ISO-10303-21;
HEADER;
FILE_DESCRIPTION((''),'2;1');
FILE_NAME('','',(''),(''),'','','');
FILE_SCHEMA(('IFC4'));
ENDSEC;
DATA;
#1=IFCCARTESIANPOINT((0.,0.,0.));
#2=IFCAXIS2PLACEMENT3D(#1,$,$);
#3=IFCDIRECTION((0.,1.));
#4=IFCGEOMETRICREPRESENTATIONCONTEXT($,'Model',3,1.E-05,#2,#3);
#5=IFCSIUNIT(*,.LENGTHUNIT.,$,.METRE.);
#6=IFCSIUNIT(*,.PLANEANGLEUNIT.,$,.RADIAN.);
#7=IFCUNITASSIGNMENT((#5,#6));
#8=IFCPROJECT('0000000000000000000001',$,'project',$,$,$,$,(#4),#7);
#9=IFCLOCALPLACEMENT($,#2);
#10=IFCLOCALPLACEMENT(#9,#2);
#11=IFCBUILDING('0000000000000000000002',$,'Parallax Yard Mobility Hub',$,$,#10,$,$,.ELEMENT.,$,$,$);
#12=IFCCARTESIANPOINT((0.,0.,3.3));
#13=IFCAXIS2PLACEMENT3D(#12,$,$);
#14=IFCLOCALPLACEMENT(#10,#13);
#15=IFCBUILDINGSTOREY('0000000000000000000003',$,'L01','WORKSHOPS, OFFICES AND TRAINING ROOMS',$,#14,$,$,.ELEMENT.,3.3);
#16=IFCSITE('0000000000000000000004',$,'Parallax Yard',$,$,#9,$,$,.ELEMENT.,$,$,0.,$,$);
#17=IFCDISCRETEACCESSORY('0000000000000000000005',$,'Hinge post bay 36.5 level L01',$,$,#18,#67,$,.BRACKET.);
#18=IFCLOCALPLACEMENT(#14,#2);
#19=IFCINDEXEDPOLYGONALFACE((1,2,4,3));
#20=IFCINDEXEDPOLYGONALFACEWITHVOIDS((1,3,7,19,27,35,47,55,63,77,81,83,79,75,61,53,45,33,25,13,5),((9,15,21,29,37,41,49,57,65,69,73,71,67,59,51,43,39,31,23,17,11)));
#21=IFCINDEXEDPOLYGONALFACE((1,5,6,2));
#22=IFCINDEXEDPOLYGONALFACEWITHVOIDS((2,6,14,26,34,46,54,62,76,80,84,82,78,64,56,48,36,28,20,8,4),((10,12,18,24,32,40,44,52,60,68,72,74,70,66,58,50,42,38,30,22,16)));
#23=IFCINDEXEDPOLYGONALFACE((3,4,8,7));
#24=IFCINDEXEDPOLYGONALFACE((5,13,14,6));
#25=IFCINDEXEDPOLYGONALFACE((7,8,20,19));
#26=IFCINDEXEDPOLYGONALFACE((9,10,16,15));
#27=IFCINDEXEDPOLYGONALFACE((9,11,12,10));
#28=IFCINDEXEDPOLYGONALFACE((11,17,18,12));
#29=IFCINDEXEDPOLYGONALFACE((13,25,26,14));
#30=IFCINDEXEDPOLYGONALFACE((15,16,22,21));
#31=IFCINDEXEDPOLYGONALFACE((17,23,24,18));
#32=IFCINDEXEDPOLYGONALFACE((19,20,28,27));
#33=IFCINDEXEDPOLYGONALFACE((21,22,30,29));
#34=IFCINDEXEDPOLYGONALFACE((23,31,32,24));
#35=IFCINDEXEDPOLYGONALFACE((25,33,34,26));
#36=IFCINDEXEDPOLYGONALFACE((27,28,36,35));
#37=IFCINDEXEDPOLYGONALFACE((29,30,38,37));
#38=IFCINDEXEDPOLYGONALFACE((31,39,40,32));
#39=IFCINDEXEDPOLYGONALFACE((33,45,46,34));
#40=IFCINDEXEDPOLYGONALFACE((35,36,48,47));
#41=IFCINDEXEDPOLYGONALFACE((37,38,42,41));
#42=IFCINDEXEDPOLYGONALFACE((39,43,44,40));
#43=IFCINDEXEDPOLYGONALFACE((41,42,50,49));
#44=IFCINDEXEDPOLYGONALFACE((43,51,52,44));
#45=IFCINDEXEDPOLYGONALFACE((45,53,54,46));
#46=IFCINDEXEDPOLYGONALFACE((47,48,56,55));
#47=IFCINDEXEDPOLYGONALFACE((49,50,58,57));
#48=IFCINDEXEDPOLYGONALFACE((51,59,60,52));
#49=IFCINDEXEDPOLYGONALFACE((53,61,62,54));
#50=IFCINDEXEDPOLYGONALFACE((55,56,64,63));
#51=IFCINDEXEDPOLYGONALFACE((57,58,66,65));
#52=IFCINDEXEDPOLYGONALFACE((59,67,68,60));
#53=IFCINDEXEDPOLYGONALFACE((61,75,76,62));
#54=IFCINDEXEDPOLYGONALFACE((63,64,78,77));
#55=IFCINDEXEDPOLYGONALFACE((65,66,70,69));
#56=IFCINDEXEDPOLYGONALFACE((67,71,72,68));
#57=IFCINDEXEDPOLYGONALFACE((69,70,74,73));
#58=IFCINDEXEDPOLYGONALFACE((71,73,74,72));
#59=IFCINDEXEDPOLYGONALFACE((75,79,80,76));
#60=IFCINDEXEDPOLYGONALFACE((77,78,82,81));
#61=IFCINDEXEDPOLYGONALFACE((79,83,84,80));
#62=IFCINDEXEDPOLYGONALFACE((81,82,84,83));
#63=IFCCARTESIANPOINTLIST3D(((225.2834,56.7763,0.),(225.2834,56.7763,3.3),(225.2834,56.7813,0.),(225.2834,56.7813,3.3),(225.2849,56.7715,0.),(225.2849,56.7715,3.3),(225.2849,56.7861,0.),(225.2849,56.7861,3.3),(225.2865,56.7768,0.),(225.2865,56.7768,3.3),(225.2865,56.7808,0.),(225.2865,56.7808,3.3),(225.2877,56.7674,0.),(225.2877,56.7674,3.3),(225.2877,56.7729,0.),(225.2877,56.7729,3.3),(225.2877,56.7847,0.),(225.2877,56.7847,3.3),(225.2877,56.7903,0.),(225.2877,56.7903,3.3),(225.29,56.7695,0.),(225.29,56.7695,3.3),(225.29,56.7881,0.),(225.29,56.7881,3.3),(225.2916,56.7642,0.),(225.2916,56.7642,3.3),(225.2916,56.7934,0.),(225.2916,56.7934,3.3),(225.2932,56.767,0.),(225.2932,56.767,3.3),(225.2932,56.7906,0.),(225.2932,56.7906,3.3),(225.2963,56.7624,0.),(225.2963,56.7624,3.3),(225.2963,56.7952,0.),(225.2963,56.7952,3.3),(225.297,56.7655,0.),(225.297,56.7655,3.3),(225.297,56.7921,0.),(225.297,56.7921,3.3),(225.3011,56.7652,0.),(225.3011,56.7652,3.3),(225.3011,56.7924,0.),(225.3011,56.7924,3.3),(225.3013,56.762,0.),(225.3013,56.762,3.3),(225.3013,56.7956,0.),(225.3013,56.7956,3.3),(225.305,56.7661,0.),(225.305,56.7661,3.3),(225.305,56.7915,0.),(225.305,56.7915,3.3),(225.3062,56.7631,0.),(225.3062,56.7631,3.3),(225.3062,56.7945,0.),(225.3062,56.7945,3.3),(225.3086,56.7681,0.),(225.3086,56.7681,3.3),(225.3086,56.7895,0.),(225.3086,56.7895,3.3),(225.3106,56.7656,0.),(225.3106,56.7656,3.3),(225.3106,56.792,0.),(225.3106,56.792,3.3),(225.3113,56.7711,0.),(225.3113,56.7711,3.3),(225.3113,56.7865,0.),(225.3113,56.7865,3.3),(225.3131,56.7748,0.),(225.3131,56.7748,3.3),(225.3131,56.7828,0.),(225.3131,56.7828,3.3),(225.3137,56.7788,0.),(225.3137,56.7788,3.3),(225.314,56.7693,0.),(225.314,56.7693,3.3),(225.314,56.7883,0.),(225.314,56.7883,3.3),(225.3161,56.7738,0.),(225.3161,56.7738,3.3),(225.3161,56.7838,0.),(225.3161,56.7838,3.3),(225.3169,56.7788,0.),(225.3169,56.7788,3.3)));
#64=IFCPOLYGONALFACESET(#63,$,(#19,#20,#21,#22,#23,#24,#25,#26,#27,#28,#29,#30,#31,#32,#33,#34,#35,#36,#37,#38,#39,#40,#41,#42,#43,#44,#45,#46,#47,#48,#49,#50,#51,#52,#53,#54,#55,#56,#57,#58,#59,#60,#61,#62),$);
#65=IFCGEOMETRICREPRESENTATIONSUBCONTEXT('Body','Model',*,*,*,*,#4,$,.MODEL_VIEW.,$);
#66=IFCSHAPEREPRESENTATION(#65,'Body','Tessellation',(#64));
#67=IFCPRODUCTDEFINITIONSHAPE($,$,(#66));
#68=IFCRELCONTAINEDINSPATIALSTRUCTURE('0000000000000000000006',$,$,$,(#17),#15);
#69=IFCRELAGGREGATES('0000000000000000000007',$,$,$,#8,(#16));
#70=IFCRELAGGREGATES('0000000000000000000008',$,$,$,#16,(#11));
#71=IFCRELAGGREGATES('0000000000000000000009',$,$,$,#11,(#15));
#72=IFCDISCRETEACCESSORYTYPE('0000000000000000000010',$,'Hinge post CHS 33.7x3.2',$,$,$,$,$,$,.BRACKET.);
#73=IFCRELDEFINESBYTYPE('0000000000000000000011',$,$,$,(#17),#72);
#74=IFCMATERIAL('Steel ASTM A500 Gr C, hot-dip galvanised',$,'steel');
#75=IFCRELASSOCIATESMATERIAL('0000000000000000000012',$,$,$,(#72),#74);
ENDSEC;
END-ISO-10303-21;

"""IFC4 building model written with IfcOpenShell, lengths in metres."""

from ifc_helpers import new_model, si_unit, direction, frame, origin, origin_2d, place, context, subcontext, project, spatial, hollow_circle, extrude, material, material_profile, profile_set, type_object, element, save


model = new_model("IFC4")

# Units and contexts
model_context = context("Model", 3, precision=1e-05, world=origin(), true_north=direction((0.0, 1.0)))
body_context = subcontext(model_context, "Body", "Model", "MODEL_VIEW")
ifc_project = project(units=[si_unit("LENGTHUNIT", "METRE"), si_unit("PLANEANGLEUNIT", "RADIAN")], contexts=[model_context])

# Site, building, storey
site_placement = place(None, origin())
site = spatial("IfcSite", under=ifc_project, at=site_placement, Name="Parallax Yard", CompositionType="ELEMENT", RefElevation=0.0)
building_placement = place(site_placement, origin())
building = spatial("IfcBuilding", under=site, at=building_placement, Name="Parallax Yard Mobility Hub", CompositionType="ELEMENT")
storey_placement = place(building_placement, frame((0.0, 0.0, 3.3)))
storey = spatial("IfcBuildingStorey", under=building, at=storey_placement, Name="L01", Description="WORKSHOPS, OFFICES AND TRAINING ROOMS", CompositionType="ELEMENT", Elevation=3.3)

# Discrete accessory
ifc_material_1 = material(Name="Steel ASTM A500 Gr C, hot-dip galvanised", Category="steel")
ifc_material_profile = material_profile(ifc_material_1, hollow_circle(Radius=0.0168, WallThickness=0.0032, at=origin_2d()), Name="CHS 33.7x3.2")
ifc_profile_set = profile_set([ifc_material_profile], Name="Steel ASTM A500 Gr C, hot-dip galvanised")
discrete_accessory_type = type_object("IfcDiscreteAccessoryType", Name="Hinge post CHS 33.7x3.2", PredefinedType="BRACKET", material=ifc_profile_set)
discrete_accessory_placement = place(storey_placement, frame((225.3, 56.7788, 0.0), z_axis=(0.0, 0.0, 1.0), x_axis=(1.0, 0.0, 0.0)))
element("IfcDiscreteAccessory", 1, at=discrete_accessory_placement, inside=storey, type_object=discrete_accessory_type, Name="Hinge post bay 36.5 level L01", PredefinedType="BRACKET", context=body_context, shape_type="SweptSolid", body=[
    extrude(hollow_circle(Radius=0.0168, WallThickness=0.0032, at=origin_2d()), origin(), (0.0, 0.0, 1.0), 3.3),
])

save(model, "model.ifc")
